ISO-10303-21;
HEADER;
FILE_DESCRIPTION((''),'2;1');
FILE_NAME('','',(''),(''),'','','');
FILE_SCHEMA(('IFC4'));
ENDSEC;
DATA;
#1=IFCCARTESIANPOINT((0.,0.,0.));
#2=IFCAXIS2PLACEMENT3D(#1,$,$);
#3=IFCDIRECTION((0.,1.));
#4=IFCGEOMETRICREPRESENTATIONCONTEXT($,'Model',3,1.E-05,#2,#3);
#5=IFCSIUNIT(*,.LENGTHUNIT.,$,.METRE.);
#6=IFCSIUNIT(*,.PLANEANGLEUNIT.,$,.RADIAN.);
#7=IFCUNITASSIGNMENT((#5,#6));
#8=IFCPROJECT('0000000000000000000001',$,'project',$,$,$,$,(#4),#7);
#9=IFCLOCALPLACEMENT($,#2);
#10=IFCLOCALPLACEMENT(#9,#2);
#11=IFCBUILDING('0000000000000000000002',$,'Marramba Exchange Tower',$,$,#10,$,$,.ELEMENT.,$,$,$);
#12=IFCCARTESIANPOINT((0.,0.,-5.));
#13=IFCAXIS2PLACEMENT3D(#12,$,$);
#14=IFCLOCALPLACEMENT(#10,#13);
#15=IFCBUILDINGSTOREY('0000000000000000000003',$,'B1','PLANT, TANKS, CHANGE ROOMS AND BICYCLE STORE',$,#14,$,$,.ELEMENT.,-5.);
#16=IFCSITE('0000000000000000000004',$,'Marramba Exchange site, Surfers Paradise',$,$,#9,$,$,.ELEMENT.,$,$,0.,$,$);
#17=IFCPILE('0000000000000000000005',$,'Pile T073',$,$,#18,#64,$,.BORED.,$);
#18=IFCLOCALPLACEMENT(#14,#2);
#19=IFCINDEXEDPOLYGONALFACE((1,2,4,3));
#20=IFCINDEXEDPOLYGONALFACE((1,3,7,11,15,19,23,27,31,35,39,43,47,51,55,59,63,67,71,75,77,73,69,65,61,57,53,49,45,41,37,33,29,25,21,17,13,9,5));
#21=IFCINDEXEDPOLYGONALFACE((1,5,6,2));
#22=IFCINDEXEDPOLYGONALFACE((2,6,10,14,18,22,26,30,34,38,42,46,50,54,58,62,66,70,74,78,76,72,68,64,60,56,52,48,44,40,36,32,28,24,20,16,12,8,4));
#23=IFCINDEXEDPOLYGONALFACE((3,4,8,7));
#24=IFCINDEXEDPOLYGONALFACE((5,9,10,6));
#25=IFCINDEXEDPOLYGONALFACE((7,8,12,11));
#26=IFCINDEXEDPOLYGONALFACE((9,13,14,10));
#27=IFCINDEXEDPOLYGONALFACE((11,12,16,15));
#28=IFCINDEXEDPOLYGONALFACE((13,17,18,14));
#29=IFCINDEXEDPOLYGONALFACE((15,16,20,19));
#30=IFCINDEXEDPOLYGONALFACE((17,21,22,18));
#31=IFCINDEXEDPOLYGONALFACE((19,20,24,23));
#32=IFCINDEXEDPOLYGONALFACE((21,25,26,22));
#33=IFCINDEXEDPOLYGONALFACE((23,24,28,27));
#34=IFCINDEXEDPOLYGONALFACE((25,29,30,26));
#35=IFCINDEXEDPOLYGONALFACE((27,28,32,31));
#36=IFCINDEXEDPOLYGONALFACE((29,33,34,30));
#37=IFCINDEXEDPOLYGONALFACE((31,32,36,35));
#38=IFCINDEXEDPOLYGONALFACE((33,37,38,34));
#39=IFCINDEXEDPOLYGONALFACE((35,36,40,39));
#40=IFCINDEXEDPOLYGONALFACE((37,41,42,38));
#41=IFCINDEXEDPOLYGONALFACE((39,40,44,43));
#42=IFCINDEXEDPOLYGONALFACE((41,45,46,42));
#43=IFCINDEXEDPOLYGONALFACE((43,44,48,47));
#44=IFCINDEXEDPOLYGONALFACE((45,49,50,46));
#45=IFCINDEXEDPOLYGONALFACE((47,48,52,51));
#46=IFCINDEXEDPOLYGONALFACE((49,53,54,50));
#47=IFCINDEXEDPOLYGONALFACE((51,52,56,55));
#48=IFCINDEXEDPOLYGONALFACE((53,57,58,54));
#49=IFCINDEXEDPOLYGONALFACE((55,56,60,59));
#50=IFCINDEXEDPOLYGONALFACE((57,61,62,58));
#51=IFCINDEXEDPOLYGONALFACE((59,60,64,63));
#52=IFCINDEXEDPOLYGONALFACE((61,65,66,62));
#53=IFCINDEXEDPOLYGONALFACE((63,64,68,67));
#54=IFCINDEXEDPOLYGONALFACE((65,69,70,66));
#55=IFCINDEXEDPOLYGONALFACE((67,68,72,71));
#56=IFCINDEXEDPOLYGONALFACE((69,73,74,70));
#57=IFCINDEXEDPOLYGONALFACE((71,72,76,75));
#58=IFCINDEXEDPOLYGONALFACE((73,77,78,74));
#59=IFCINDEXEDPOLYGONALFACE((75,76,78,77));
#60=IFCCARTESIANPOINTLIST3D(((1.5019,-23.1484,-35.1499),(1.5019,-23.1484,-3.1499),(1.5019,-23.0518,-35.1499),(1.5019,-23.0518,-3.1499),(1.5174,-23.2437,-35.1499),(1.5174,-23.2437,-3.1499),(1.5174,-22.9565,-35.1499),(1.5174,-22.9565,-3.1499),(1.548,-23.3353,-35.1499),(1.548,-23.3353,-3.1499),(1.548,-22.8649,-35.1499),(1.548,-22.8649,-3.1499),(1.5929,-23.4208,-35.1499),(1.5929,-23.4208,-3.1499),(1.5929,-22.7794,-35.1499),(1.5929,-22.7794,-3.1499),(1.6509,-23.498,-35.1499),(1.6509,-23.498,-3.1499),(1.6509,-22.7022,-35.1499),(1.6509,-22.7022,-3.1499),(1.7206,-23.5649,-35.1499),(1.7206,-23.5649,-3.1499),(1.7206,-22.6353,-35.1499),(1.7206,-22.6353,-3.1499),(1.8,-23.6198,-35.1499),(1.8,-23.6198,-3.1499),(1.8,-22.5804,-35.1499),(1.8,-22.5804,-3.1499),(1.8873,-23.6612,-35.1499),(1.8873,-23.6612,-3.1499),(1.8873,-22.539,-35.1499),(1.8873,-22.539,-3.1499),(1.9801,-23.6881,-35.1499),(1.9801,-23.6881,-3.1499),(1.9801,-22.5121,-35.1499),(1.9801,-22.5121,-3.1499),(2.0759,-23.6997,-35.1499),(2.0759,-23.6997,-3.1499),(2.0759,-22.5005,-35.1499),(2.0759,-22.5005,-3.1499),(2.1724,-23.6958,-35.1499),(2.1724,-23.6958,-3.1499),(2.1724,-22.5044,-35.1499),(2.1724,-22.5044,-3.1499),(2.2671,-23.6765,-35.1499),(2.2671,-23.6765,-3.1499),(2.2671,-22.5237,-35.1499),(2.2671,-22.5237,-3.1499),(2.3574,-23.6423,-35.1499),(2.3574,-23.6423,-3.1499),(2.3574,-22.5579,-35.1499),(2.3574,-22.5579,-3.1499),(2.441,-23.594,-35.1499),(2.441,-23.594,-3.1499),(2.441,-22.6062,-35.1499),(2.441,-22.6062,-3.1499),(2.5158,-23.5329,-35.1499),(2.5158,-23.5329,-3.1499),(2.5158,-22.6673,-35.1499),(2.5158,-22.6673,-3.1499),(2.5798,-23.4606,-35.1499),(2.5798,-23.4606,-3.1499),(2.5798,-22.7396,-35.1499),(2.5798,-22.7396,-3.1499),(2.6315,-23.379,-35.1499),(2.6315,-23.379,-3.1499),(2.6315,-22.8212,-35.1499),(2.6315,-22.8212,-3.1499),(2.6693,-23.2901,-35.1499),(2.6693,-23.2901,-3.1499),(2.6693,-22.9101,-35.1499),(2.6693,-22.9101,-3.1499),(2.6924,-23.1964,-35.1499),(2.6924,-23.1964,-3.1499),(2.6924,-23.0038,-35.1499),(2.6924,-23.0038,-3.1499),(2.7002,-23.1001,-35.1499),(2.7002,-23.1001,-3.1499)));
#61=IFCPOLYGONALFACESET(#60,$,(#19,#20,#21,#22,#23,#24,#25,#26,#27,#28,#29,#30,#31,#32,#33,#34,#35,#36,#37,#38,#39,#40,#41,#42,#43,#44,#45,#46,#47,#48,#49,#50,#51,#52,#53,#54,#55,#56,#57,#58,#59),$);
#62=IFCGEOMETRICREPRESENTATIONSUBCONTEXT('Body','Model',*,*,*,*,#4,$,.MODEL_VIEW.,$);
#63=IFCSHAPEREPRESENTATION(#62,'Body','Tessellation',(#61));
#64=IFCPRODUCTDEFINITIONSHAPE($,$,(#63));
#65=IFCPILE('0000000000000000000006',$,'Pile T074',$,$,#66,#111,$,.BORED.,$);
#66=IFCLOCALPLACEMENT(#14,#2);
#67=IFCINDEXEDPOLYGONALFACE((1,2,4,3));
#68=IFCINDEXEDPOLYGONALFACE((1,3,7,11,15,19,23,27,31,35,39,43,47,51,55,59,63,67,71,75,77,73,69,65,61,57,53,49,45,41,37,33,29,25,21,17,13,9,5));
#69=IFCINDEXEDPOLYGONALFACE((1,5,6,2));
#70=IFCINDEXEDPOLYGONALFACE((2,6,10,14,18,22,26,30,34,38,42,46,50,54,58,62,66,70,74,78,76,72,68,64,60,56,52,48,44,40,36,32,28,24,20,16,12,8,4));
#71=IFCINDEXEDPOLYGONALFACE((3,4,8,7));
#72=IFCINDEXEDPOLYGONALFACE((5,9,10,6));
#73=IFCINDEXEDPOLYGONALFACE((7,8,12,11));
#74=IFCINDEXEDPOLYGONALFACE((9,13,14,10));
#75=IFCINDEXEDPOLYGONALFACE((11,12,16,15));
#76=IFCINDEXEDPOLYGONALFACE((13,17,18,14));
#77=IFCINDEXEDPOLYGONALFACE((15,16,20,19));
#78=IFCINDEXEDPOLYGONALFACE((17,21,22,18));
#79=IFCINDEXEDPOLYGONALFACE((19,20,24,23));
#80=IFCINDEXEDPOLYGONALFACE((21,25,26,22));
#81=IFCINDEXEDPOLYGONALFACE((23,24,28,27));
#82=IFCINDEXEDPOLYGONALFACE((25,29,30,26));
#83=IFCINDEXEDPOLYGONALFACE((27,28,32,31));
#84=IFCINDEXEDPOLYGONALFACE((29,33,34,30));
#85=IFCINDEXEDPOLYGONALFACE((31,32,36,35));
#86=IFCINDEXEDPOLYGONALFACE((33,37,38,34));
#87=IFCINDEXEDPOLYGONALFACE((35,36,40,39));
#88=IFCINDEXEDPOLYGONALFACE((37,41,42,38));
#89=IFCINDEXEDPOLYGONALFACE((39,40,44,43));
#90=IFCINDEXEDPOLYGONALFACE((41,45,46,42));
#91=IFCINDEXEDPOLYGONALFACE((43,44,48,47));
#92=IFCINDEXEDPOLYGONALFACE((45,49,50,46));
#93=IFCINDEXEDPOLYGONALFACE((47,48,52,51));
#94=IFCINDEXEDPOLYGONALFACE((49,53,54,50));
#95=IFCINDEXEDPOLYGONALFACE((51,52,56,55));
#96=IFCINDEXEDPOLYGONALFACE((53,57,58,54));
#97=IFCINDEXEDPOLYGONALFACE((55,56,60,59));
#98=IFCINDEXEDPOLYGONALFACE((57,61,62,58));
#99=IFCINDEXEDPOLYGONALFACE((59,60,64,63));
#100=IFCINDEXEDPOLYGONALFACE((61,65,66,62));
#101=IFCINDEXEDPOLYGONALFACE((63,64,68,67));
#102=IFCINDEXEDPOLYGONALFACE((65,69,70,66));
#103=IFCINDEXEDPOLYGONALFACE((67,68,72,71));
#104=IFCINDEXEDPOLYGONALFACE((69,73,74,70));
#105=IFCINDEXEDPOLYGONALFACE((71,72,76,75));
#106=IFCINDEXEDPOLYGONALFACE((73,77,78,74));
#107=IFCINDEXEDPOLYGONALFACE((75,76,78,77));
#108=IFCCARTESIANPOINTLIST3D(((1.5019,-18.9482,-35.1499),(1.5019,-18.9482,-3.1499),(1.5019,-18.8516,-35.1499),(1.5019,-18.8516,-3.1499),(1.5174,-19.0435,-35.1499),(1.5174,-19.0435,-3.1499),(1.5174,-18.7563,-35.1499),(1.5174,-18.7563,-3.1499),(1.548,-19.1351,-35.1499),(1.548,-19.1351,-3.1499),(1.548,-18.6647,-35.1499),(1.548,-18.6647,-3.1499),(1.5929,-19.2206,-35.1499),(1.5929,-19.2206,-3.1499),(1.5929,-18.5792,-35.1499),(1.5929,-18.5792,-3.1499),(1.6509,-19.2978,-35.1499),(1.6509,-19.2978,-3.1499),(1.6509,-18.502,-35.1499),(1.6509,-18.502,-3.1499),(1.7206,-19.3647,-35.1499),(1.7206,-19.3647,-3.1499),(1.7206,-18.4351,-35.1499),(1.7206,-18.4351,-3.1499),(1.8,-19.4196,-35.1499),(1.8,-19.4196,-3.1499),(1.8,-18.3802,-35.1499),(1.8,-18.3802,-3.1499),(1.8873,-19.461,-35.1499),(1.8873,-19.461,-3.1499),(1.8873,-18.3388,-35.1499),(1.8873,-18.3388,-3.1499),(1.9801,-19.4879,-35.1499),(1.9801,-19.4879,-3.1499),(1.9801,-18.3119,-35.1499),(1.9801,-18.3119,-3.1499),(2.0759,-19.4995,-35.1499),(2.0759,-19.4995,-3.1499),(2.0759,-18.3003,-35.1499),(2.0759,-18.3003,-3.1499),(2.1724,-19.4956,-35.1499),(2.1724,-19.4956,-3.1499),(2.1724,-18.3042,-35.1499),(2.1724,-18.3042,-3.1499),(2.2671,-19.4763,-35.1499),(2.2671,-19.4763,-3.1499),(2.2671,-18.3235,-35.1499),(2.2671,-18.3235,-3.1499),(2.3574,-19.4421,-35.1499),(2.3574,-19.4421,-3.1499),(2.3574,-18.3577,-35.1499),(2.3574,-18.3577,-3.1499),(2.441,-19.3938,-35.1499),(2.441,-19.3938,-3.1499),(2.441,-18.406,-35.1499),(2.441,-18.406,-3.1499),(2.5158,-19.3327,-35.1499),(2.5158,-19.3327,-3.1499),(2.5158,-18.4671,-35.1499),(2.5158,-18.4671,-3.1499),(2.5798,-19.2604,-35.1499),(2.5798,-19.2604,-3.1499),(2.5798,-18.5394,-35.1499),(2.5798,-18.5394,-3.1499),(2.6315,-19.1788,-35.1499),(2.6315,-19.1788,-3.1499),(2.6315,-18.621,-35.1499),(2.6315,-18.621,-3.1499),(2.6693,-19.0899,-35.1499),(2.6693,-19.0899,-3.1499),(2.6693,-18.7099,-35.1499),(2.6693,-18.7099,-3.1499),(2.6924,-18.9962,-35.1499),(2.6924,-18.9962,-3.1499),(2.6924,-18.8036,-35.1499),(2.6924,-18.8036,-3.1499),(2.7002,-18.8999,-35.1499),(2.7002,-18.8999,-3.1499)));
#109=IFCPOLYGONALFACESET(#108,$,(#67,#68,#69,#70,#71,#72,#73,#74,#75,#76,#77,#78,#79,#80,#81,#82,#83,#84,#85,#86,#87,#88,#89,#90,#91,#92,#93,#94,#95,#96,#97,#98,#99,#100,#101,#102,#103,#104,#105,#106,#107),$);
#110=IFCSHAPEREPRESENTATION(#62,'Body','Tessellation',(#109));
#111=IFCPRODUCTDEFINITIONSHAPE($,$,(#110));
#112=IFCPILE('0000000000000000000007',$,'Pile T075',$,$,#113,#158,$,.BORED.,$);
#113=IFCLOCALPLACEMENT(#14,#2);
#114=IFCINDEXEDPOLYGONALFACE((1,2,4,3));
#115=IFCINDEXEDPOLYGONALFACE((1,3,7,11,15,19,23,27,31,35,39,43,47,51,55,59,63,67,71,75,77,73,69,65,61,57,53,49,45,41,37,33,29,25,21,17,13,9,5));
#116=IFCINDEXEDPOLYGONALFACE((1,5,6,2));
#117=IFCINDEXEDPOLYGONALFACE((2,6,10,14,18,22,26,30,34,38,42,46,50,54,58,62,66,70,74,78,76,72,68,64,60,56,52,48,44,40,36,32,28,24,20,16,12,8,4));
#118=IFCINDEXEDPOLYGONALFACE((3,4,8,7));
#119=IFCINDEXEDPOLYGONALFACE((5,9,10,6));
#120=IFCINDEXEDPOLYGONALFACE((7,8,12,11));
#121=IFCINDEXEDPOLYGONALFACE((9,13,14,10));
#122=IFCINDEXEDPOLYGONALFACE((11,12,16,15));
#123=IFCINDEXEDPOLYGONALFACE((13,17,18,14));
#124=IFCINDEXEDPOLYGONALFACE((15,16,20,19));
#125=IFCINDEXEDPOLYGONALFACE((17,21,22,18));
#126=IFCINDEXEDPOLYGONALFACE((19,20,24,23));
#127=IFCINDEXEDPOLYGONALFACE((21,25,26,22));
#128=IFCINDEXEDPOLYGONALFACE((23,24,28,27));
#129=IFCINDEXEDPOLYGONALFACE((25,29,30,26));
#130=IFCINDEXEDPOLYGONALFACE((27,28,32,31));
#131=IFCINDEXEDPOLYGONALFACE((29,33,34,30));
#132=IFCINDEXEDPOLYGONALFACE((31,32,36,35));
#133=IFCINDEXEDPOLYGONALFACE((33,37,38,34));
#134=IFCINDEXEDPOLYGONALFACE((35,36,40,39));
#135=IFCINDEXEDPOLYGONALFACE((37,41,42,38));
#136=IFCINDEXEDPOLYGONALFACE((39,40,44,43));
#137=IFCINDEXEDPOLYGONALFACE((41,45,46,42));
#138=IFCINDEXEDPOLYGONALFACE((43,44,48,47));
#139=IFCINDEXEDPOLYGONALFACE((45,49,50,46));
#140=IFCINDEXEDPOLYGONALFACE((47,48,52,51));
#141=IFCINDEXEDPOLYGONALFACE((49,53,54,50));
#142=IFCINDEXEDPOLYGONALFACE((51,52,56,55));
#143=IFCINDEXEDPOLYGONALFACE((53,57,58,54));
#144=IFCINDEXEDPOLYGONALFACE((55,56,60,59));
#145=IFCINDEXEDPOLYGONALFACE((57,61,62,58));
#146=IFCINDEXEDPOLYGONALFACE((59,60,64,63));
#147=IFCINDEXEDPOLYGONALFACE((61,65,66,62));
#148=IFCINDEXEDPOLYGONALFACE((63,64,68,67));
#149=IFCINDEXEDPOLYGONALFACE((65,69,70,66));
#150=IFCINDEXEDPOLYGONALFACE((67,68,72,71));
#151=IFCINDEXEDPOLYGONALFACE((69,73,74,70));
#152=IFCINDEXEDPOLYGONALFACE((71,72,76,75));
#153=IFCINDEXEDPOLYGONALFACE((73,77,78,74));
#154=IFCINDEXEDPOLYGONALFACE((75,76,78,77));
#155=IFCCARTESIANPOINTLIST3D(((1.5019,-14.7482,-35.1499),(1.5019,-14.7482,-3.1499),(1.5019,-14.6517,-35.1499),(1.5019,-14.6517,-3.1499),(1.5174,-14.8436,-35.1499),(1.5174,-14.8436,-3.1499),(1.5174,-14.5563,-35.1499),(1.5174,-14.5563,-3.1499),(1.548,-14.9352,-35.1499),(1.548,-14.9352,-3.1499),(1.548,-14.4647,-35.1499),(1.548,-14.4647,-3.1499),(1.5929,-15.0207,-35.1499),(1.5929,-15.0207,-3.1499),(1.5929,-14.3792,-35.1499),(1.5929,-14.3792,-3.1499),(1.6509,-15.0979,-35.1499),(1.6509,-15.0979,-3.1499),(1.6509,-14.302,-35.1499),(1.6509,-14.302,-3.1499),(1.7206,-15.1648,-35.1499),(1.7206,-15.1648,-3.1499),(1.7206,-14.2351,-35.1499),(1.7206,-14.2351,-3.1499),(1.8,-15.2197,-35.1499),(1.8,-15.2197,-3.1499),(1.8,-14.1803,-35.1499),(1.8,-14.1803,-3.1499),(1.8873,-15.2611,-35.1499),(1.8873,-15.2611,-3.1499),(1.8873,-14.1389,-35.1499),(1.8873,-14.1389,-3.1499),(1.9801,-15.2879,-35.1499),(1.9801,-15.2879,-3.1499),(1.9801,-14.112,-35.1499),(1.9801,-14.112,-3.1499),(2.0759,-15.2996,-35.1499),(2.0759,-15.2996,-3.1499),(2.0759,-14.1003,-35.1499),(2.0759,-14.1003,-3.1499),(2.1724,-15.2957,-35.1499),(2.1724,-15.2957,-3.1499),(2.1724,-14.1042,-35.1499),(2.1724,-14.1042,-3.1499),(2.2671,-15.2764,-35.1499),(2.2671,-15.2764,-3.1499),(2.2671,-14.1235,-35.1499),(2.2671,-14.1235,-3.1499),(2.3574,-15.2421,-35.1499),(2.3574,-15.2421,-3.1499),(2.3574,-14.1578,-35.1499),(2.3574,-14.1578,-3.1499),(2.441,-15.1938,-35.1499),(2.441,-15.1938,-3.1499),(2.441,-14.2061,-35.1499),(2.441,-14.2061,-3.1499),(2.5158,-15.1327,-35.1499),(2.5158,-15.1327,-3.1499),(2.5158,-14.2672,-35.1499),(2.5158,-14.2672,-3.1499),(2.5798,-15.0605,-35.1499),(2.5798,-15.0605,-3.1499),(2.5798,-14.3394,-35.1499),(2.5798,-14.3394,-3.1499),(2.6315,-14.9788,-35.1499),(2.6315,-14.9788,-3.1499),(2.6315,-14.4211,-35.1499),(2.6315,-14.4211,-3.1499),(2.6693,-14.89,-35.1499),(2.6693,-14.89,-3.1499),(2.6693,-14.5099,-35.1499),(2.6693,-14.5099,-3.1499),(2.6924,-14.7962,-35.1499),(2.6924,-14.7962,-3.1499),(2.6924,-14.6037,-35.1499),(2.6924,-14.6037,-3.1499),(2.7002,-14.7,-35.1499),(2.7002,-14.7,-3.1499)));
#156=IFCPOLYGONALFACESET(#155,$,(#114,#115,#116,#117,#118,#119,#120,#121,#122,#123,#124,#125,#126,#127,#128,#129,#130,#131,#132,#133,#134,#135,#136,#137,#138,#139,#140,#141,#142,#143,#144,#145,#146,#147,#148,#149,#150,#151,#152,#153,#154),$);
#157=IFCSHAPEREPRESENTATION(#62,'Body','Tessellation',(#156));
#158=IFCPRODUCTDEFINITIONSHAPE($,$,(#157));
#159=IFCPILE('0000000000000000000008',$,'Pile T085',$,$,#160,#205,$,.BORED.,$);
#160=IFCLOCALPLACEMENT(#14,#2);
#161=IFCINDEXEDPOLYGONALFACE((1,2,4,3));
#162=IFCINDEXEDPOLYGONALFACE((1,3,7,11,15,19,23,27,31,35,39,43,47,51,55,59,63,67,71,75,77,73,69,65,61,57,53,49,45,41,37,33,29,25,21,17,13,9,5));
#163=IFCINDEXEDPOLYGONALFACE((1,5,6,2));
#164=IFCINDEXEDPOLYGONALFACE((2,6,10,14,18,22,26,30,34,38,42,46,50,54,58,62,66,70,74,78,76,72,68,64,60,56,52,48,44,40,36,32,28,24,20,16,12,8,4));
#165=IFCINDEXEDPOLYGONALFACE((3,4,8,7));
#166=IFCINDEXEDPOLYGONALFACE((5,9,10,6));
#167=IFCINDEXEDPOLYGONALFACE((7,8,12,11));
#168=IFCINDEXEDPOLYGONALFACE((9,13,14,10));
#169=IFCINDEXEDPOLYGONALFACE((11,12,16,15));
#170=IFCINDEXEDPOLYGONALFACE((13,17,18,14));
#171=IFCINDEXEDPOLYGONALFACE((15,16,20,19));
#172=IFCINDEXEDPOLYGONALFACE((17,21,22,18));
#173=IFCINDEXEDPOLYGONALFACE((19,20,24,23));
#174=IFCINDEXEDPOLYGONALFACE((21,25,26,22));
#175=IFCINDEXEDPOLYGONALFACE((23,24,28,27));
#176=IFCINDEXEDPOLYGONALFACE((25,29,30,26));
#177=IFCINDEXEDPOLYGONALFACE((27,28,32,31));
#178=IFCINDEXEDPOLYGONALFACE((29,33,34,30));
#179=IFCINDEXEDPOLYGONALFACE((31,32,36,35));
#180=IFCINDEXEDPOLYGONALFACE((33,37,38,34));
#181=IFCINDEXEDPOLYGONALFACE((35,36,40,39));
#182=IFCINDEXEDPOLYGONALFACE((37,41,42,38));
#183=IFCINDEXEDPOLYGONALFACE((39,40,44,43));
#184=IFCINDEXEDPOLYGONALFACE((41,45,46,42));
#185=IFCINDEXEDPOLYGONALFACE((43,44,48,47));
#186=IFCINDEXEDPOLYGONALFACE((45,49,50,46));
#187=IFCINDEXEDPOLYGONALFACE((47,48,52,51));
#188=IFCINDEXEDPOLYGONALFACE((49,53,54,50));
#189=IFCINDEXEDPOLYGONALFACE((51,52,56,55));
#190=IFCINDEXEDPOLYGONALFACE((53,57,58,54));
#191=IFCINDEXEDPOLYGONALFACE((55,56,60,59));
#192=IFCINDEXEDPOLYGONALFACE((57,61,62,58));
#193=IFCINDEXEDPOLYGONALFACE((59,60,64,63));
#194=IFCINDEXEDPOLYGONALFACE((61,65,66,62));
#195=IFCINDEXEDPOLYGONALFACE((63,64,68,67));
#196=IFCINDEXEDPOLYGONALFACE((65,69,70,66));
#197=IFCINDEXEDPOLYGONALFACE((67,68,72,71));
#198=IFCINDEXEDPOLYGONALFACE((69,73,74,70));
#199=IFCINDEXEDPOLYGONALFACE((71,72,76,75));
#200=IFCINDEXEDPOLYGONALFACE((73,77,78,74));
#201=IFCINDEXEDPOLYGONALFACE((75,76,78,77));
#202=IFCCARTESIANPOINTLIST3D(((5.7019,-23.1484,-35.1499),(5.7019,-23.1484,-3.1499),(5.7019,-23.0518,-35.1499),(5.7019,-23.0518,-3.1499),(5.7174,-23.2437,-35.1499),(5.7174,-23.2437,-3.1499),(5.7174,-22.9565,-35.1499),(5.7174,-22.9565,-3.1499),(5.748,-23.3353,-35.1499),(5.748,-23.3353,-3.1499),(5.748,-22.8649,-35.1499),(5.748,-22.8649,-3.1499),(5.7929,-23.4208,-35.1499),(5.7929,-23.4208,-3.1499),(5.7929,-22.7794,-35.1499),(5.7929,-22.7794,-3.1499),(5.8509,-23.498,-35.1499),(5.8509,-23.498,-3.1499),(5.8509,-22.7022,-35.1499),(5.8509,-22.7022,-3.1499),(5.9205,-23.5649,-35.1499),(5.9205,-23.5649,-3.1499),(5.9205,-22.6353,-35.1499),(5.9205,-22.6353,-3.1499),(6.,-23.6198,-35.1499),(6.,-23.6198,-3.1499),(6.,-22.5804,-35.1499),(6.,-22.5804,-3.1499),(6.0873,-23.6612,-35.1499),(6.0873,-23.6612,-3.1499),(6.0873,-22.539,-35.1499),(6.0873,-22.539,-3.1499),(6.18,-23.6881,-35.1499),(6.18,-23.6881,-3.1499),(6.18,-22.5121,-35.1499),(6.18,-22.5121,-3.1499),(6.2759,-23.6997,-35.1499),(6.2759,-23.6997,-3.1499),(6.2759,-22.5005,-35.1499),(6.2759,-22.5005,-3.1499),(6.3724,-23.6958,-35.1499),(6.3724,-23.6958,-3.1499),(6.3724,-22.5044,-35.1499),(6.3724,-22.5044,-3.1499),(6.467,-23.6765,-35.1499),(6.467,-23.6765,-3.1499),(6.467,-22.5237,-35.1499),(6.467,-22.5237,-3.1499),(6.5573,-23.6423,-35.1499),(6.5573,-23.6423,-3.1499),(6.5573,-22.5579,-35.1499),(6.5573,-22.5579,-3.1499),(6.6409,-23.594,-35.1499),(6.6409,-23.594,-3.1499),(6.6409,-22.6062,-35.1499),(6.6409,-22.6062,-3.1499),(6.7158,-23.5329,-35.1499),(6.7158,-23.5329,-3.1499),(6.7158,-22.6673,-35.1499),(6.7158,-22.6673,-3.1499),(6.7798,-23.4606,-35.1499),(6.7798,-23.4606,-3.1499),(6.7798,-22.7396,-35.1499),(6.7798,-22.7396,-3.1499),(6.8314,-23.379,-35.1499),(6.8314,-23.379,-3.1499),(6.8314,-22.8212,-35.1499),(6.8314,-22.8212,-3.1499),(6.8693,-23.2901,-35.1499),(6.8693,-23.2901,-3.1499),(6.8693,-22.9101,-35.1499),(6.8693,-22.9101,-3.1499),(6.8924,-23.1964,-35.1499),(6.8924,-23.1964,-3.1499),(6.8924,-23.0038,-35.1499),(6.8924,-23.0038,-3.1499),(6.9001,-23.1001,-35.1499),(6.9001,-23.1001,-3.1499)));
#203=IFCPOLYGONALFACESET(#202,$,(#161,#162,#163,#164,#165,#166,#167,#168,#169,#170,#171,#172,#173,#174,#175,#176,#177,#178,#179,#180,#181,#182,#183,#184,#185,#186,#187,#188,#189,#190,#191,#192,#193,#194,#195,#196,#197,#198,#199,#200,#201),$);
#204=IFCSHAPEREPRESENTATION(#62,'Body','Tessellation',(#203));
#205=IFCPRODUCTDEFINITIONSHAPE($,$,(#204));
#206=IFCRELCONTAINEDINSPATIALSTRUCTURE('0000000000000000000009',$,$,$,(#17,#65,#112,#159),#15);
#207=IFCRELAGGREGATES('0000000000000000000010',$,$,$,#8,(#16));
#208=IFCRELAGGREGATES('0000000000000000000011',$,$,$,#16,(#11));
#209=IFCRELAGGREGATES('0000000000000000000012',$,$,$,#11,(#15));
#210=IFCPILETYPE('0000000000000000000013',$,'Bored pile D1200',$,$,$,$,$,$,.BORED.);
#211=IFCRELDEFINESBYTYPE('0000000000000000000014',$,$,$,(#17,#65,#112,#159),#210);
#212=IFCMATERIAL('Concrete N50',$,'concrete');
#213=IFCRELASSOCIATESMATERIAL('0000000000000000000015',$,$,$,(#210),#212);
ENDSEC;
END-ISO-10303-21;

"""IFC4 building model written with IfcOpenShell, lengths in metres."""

from ifc_helpers import new_model, si_unit, direction, frame, origin, origin_2d, place, context, subcontext, project, spatial, circle, extrude, material, material_profile, profile_set, type_object, element, save


model = new_model("IFC4")

# Units and contexts
model_context = context("Model", 3, precision=1e-05, world=origin(), true_north=direction((0.0, 1.0)))
body_context = subcontext(model_context, "Body", "Model", "MODEL_VIEW")
ifc_project = project(units=[si_unit("LENGTHUNIT", "METRE"), si_unit("PLANEANGLEUNIT", "RADIAN")], contexts=[model_context])

# Site, building, storey
site_placement = place(None, origin())
site = spatial("IfcSite", under=ifc_project, at=site_placement, Name="Marramba Exchange site, Surfers Paradise", CompositionType="ELEMENT", RefElevation=0.0)
building_placement = place(site_placement, origin())
building = spatial("IfcBuilding", under=site, at=building_placement, Name="Marramba Exchange Tower", CompositionType="ELEMENT")
storey_placement = place(building_placement, frame((0.0, 0.0, -5.0)))
storey = spatial("IfcBuildingStorey", under=building, at=storey_placement, Name="B1", Description="PLANT, TANKS, CHANGE ROOMS AND BICYCLE STORE", CompositionType="ELEMENT", Elevation=-5.0)

# Piles
ifc_material_1 = material(Name="Concrete N50", Category="concrete")
ifc_material_profile_1 = material_profile(ifc_material_1, circle(Radius=0.6001, at=origin_2d()), Name="BP D1200")
ifc_profile_set_1 = profile_set([ifc_material_profile_1], Name="Concrete N50")
pile_type = type_object("IfcPileType", Name="Bored pile D1200", PredefinedType="BORED", material=ifc_profile_set_1)
for number, where, z_axis, x_axis, name in (
    (1, (2.1001, -23.1001, -3.1499), (0.0, 0.0, -1.0), (1.0, 0.0, 0.0), "Pile T073"),
    (2, (2.1001, -18.8999, -3.1499), (0.0, 0.0, -1.0), (1.0, 0.0, 0.0), "Pile T074"),
    (3, (2.1001, -14.7, -3.1499), (0.0, 0.0, -1.0), (1.0, 0.0, 0.0), "Pile T075"),
    (4, (6.3, -23.1001, -3.1499), (0.0, 0.0, -1.0), (1.0, 0.0, 0.0), "Pile T085"),
):
    element("IfcPile", number, at=place(storey_placement, frame(where, z_axis=z_axis, x_axis=x_axis)), inside=storey, type_object=pile_type, Name=name, PredefinedType="BORED", context=body_context, shape_type="SweptSolid", body=[
        extrude(circle(Radius=0.6001, at=origin_2d()), origin(), (0.0, 0.0, 1.0), 32.0),
    ])

save(model, "model.ifc")
